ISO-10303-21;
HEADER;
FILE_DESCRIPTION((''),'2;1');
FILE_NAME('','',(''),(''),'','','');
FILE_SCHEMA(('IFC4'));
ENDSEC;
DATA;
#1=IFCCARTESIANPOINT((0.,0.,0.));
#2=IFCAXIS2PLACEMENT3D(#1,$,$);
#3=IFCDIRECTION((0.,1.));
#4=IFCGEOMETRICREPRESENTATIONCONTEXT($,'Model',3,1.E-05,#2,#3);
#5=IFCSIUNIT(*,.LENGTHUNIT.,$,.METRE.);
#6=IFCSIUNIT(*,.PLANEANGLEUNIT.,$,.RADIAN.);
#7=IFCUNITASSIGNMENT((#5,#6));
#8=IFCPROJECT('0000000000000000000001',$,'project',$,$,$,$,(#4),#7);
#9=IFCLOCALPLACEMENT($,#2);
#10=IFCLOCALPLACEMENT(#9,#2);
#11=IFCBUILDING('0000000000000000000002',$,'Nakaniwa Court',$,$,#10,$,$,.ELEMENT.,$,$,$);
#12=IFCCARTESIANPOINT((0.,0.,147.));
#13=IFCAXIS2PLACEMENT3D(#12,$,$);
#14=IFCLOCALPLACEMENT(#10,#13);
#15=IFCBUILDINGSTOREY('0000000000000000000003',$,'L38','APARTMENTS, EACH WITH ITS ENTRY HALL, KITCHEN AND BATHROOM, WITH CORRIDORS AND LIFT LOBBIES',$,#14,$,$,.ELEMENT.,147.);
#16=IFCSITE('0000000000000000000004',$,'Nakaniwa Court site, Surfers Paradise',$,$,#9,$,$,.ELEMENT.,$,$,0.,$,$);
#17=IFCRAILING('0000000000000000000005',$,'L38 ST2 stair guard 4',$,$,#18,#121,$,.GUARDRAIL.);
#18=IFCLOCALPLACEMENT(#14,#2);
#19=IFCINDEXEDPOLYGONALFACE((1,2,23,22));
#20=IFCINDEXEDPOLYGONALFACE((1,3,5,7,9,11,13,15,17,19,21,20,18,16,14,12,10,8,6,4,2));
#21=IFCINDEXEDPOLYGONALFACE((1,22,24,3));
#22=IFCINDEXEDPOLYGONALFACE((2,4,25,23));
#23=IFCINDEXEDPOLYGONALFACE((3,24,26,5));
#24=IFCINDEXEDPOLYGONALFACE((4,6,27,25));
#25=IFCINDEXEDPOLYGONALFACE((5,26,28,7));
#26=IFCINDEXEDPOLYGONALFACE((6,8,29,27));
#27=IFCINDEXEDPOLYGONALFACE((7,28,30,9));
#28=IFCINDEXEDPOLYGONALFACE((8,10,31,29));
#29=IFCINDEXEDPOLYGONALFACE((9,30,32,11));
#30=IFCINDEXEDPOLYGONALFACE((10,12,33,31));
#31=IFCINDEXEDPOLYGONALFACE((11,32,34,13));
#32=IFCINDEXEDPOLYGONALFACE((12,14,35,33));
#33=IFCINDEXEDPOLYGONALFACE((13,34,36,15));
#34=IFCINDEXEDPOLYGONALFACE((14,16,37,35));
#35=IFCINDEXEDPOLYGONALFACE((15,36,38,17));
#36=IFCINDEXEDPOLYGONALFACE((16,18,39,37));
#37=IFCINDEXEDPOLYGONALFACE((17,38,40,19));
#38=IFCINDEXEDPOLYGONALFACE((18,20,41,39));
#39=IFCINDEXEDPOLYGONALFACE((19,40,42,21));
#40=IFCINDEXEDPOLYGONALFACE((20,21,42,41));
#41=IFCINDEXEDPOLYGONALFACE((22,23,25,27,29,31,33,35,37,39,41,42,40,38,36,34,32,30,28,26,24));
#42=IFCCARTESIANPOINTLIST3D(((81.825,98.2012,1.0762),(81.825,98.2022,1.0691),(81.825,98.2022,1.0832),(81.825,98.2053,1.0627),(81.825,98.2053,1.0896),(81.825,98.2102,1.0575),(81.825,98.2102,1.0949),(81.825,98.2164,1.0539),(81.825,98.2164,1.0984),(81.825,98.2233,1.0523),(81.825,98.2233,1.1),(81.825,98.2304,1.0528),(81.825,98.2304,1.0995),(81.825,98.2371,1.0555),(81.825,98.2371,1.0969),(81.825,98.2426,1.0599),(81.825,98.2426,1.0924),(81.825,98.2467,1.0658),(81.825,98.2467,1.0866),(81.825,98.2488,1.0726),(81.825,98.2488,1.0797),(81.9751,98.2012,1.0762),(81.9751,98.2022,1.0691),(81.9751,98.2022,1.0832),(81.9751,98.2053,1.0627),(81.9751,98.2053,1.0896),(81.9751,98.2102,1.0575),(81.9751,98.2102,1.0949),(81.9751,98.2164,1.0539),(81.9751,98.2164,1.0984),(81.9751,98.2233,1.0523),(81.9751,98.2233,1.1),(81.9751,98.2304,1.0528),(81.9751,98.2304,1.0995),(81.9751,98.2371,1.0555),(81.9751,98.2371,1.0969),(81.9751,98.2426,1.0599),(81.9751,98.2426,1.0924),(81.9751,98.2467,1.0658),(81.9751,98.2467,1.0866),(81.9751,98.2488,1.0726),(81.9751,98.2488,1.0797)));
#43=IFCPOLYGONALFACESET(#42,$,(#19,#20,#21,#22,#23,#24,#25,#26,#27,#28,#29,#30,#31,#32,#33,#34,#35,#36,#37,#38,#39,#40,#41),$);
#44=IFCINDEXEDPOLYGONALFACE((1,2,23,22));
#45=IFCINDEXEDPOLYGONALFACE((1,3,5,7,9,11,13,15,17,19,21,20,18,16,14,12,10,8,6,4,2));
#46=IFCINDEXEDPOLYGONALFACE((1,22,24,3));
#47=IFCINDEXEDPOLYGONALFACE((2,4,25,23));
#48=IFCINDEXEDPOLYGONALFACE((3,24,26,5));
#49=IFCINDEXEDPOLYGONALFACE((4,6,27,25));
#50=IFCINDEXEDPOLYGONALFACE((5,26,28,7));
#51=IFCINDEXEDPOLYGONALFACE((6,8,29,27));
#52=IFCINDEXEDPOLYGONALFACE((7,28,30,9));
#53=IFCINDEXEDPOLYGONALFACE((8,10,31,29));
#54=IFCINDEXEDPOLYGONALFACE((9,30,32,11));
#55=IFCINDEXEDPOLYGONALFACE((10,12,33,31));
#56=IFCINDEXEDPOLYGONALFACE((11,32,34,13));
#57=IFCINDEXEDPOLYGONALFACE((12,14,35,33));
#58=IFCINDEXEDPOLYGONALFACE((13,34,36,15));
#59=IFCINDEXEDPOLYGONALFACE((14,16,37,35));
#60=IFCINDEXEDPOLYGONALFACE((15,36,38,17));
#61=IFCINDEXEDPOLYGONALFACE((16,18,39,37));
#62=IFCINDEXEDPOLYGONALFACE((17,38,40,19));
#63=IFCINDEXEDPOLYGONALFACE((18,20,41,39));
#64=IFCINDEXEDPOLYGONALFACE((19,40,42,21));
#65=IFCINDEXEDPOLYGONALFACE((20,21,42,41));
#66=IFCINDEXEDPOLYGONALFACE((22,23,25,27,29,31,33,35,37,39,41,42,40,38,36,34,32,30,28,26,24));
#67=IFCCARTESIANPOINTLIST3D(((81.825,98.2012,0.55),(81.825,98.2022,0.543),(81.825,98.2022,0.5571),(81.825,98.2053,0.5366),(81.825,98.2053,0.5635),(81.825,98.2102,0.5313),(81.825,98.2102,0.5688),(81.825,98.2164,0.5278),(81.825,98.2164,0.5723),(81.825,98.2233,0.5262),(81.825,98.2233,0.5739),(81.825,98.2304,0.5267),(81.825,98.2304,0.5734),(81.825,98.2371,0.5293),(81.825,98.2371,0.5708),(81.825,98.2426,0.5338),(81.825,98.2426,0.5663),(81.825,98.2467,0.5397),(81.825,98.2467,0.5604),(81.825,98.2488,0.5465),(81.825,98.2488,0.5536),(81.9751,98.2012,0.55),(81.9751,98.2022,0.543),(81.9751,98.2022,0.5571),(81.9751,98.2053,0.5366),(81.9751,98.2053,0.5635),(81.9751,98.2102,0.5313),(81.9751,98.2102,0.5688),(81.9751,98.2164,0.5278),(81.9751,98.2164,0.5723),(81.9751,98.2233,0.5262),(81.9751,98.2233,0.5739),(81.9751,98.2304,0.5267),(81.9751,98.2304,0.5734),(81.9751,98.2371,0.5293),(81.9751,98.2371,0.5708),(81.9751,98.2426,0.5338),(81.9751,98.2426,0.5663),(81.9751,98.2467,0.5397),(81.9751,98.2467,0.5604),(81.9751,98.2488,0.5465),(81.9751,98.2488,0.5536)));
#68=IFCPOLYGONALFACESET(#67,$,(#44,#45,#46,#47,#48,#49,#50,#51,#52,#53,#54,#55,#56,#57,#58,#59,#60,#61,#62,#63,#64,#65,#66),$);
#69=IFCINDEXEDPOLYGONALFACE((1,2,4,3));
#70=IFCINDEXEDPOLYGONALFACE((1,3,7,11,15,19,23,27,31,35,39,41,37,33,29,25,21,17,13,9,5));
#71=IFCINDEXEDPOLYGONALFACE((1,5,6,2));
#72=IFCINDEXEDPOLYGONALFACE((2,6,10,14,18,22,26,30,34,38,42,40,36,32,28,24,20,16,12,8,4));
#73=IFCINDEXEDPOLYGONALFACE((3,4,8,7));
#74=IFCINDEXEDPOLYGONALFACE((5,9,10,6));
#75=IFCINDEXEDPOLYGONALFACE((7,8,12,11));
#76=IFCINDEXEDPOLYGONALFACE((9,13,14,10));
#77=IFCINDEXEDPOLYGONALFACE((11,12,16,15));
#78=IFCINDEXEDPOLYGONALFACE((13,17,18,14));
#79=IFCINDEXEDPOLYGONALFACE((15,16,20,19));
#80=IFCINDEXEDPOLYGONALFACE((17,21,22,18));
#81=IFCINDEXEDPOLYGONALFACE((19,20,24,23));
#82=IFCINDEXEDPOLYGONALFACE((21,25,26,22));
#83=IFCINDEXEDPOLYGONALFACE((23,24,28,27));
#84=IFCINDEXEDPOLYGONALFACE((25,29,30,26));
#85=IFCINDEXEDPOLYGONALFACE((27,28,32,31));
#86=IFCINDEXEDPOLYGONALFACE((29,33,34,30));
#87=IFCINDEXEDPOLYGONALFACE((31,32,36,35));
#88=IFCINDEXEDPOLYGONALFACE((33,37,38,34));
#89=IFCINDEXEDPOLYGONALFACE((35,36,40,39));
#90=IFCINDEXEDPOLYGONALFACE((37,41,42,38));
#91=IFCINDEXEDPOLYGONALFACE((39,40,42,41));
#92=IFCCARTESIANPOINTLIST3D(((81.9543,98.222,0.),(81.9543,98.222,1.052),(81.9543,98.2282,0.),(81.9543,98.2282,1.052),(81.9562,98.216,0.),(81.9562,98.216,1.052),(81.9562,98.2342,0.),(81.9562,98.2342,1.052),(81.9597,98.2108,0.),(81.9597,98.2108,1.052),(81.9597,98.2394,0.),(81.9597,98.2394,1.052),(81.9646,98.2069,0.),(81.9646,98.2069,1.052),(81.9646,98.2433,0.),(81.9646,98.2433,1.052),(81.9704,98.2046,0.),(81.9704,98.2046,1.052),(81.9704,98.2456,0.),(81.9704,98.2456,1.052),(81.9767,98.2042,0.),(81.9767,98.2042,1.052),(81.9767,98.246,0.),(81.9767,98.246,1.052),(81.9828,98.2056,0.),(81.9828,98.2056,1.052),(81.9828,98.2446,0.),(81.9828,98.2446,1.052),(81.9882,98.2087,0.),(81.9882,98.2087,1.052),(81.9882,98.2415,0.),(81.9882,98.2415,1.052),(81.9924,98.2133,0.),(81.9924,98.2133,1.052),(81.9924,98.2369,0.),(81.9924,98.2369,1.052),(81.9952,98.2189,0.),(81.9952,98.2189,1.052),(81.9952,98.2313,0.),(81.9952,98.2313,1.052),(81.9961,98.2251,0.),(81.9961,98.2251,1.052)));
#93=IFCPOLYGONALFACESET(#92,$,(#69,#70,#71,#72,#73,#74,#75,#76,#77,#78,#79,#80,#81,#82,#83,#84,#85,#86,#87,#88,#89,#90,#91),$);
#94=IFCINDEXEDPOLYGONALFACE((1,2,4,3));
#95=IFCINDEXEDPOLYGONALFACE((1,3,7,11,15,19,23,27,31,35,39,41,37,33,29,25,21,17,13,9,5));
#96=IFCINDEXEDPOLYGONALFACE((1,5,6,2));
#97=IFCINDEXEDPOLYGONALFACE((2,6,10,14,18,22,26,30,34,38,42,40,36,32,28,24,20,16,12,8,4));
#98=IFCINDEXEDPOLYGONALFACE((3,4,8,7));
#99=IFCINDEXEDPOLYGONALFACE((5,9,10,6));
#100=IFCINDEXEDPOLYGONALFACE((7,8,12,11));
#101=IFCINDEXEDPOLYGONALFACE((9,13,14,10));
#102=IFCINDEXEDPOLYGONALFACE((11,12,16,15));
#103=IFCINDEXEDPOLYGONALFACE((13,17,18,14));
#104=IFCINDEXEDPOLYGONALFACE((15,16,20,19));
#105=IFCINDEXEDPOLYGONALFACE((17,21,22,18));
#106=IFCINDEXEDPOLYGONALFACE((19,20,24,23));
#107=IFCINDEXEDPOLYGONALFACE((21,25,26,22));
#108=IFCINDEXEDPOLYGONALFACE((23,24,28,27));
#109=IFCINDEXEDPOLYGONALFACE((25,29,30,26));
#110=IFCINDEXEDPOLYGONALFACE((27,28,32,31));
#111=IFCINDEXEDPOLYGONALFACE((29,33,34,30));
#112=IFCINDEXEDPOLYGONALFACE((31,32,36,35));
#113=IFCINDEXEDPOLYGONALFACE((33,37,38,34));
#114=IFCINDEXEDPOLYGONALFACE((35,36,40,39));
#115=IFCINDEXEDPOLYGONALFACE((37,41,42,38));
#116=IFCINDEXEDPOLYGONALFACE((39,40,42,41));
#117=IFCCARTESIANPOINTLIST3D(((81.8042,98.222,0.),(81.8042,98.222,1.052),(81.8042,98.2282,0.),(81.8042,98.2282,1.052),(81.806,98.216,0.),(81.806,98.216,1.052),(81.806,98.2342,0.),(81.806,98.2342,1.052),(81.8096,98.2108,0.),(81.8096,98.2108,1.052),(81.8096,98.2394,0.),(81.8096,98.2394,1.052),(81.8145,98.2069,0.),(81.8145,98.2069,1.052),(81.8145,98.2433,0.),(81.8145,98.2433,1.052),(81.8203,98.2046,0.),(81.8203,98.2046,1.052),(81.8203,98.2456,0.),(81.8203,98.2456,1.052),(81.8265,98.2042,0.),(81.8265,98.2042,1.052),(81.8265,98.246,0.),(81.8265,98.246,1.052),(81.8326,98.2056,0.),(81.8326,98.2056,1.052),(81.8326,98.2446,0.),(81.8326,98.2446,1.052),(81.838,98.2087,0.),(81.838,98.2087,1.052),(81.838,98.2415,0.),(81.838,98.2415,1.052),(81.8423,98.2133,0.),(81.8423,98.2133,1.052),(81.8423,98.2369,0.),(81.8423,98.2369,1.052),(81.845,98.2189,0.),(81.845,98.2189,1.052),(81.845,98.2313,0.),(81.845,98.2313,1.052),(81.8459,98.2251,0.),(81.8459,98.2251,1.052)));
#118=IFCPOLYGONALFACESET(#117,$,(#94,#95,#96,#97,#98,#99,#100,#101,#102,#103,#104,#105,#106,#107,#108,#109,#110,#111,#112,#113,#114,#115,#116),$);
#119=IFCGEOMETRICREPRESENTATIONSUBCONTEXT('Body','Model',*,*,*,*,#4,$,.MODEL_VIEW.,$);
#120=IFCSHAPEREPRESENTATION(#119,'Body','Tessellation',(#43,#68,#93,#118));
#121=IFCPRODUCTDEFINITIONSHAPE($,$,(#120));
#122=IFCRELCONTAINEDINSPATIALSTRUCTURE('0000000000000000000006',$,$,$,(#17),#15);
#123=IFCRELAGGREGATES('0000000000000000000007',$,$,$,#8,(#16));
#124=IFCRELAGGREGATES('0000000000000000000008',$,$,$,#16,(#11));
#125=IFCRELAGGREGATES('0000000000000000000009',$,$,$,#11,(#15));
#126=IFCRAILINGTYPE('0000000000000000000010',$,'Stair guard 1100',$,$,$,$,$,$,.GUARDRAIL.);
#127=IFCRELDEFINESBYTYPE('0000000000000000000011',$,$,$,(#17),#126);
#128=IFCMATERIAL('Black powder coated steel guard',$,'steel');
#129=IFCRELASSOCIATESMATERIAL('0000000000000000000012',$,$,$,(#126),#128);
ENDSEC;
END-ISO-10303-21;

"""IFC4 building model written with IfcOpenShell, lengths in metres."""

from ifc_helpers import new_model, si_unit, direction, frame, origin, origin_2d, place, context, subcontext, project, spatial, circle, extrude, material, type_object, element, save


model = new_model("IFC4")

# Units and contexts
model_context = context("Model", 3, precision=1e-05, world=origin(), true_north=direction((0.0, 1.0)))
body_context = subcontext(model_context, "Body", "Model", "MODEL_VIEW")
ifc_project = project(units=[si_unit("LENGTHUNIT", "METRE"), si_unit("PLANEANGLEUNIT", "RADIAN")], contexts=[model_context])

# Site, building, storey
site_placement = place(None, origin())
site = spatial("IfcSite", under=ifc_project, at=site_placement, Name="Nakaniwa Court site, Surfers Paradise", CompositionType="ELEMENT", RefElevation=0.0)
building_placement = place(site_placement, origin())
building = spatial("IfcBuilding", under=site, at=building_placement, Name="Nakaniwa Court", CompositionType="ELEMENT")
storey_placement = place(building_placement, frame((0.0, 0.0, 147.0)))
storey = spatial("IfcBuildingStorey", under=building, at=storey_placement, Name="L38", Description="APARTMENTS, EACH WITH ITS ENTRY HALL, KITCHEN AND BATHROOM, WITH CORRIDORS AND LIFT LOBBIES", CompositionType="ELEMENT", Elevation=147.0)

# Railing
ifc_material_1 = material(Name="Black powder coated steel guard", Category="steel")
railing_type_1 = type_object("IfcRailingType", Name="Stair guard 1100", PredefinedType="GUARDRAIL", material=ifc_material_1)
railing_1_placement = place(storey_placement, frame((81.9751, 98.2251, 0.0)))
element("IfcRailing", 1, at=railing_1_placement, inside=storey, type_object=railing_type_1, Name="L38 ST2 stair guard 4", PredefinedType="GUARDRAIL", context=body_context, shape_type="SweptSolid", body=[
    extrude(circle(Radius=0.0239, at=origin_2d()), frame((0.0, 0.0, 1.0762), z_axis=(-1.0, 0.0, 0.0), x_axis=(0.0, -1.0, 0.0)), (0.0, 0.0, 1.0), 0.1501),
    extrude(circle(Radius=0.0239, at=origin_2d()), frame((0.0, 0.0, 0.55), z_axis=(-1.0, 0.0, 0.0), x_axis=(0.0, -1.0, 0.0)), (0.0, 0.0, 1.0), 0.1501),
    extrude(circle(Radius=0.021, at=origin_2d()), origin(), (0.0, 0.0, 1.0), 1.052),
    extrude(circle(Radius=0.021, at=origin_2d()), frame((-0.1501, 0.0, 0.0)), (0.0, 0.0, 1.0), 1.052),
])

save(model, "model.ifc")
